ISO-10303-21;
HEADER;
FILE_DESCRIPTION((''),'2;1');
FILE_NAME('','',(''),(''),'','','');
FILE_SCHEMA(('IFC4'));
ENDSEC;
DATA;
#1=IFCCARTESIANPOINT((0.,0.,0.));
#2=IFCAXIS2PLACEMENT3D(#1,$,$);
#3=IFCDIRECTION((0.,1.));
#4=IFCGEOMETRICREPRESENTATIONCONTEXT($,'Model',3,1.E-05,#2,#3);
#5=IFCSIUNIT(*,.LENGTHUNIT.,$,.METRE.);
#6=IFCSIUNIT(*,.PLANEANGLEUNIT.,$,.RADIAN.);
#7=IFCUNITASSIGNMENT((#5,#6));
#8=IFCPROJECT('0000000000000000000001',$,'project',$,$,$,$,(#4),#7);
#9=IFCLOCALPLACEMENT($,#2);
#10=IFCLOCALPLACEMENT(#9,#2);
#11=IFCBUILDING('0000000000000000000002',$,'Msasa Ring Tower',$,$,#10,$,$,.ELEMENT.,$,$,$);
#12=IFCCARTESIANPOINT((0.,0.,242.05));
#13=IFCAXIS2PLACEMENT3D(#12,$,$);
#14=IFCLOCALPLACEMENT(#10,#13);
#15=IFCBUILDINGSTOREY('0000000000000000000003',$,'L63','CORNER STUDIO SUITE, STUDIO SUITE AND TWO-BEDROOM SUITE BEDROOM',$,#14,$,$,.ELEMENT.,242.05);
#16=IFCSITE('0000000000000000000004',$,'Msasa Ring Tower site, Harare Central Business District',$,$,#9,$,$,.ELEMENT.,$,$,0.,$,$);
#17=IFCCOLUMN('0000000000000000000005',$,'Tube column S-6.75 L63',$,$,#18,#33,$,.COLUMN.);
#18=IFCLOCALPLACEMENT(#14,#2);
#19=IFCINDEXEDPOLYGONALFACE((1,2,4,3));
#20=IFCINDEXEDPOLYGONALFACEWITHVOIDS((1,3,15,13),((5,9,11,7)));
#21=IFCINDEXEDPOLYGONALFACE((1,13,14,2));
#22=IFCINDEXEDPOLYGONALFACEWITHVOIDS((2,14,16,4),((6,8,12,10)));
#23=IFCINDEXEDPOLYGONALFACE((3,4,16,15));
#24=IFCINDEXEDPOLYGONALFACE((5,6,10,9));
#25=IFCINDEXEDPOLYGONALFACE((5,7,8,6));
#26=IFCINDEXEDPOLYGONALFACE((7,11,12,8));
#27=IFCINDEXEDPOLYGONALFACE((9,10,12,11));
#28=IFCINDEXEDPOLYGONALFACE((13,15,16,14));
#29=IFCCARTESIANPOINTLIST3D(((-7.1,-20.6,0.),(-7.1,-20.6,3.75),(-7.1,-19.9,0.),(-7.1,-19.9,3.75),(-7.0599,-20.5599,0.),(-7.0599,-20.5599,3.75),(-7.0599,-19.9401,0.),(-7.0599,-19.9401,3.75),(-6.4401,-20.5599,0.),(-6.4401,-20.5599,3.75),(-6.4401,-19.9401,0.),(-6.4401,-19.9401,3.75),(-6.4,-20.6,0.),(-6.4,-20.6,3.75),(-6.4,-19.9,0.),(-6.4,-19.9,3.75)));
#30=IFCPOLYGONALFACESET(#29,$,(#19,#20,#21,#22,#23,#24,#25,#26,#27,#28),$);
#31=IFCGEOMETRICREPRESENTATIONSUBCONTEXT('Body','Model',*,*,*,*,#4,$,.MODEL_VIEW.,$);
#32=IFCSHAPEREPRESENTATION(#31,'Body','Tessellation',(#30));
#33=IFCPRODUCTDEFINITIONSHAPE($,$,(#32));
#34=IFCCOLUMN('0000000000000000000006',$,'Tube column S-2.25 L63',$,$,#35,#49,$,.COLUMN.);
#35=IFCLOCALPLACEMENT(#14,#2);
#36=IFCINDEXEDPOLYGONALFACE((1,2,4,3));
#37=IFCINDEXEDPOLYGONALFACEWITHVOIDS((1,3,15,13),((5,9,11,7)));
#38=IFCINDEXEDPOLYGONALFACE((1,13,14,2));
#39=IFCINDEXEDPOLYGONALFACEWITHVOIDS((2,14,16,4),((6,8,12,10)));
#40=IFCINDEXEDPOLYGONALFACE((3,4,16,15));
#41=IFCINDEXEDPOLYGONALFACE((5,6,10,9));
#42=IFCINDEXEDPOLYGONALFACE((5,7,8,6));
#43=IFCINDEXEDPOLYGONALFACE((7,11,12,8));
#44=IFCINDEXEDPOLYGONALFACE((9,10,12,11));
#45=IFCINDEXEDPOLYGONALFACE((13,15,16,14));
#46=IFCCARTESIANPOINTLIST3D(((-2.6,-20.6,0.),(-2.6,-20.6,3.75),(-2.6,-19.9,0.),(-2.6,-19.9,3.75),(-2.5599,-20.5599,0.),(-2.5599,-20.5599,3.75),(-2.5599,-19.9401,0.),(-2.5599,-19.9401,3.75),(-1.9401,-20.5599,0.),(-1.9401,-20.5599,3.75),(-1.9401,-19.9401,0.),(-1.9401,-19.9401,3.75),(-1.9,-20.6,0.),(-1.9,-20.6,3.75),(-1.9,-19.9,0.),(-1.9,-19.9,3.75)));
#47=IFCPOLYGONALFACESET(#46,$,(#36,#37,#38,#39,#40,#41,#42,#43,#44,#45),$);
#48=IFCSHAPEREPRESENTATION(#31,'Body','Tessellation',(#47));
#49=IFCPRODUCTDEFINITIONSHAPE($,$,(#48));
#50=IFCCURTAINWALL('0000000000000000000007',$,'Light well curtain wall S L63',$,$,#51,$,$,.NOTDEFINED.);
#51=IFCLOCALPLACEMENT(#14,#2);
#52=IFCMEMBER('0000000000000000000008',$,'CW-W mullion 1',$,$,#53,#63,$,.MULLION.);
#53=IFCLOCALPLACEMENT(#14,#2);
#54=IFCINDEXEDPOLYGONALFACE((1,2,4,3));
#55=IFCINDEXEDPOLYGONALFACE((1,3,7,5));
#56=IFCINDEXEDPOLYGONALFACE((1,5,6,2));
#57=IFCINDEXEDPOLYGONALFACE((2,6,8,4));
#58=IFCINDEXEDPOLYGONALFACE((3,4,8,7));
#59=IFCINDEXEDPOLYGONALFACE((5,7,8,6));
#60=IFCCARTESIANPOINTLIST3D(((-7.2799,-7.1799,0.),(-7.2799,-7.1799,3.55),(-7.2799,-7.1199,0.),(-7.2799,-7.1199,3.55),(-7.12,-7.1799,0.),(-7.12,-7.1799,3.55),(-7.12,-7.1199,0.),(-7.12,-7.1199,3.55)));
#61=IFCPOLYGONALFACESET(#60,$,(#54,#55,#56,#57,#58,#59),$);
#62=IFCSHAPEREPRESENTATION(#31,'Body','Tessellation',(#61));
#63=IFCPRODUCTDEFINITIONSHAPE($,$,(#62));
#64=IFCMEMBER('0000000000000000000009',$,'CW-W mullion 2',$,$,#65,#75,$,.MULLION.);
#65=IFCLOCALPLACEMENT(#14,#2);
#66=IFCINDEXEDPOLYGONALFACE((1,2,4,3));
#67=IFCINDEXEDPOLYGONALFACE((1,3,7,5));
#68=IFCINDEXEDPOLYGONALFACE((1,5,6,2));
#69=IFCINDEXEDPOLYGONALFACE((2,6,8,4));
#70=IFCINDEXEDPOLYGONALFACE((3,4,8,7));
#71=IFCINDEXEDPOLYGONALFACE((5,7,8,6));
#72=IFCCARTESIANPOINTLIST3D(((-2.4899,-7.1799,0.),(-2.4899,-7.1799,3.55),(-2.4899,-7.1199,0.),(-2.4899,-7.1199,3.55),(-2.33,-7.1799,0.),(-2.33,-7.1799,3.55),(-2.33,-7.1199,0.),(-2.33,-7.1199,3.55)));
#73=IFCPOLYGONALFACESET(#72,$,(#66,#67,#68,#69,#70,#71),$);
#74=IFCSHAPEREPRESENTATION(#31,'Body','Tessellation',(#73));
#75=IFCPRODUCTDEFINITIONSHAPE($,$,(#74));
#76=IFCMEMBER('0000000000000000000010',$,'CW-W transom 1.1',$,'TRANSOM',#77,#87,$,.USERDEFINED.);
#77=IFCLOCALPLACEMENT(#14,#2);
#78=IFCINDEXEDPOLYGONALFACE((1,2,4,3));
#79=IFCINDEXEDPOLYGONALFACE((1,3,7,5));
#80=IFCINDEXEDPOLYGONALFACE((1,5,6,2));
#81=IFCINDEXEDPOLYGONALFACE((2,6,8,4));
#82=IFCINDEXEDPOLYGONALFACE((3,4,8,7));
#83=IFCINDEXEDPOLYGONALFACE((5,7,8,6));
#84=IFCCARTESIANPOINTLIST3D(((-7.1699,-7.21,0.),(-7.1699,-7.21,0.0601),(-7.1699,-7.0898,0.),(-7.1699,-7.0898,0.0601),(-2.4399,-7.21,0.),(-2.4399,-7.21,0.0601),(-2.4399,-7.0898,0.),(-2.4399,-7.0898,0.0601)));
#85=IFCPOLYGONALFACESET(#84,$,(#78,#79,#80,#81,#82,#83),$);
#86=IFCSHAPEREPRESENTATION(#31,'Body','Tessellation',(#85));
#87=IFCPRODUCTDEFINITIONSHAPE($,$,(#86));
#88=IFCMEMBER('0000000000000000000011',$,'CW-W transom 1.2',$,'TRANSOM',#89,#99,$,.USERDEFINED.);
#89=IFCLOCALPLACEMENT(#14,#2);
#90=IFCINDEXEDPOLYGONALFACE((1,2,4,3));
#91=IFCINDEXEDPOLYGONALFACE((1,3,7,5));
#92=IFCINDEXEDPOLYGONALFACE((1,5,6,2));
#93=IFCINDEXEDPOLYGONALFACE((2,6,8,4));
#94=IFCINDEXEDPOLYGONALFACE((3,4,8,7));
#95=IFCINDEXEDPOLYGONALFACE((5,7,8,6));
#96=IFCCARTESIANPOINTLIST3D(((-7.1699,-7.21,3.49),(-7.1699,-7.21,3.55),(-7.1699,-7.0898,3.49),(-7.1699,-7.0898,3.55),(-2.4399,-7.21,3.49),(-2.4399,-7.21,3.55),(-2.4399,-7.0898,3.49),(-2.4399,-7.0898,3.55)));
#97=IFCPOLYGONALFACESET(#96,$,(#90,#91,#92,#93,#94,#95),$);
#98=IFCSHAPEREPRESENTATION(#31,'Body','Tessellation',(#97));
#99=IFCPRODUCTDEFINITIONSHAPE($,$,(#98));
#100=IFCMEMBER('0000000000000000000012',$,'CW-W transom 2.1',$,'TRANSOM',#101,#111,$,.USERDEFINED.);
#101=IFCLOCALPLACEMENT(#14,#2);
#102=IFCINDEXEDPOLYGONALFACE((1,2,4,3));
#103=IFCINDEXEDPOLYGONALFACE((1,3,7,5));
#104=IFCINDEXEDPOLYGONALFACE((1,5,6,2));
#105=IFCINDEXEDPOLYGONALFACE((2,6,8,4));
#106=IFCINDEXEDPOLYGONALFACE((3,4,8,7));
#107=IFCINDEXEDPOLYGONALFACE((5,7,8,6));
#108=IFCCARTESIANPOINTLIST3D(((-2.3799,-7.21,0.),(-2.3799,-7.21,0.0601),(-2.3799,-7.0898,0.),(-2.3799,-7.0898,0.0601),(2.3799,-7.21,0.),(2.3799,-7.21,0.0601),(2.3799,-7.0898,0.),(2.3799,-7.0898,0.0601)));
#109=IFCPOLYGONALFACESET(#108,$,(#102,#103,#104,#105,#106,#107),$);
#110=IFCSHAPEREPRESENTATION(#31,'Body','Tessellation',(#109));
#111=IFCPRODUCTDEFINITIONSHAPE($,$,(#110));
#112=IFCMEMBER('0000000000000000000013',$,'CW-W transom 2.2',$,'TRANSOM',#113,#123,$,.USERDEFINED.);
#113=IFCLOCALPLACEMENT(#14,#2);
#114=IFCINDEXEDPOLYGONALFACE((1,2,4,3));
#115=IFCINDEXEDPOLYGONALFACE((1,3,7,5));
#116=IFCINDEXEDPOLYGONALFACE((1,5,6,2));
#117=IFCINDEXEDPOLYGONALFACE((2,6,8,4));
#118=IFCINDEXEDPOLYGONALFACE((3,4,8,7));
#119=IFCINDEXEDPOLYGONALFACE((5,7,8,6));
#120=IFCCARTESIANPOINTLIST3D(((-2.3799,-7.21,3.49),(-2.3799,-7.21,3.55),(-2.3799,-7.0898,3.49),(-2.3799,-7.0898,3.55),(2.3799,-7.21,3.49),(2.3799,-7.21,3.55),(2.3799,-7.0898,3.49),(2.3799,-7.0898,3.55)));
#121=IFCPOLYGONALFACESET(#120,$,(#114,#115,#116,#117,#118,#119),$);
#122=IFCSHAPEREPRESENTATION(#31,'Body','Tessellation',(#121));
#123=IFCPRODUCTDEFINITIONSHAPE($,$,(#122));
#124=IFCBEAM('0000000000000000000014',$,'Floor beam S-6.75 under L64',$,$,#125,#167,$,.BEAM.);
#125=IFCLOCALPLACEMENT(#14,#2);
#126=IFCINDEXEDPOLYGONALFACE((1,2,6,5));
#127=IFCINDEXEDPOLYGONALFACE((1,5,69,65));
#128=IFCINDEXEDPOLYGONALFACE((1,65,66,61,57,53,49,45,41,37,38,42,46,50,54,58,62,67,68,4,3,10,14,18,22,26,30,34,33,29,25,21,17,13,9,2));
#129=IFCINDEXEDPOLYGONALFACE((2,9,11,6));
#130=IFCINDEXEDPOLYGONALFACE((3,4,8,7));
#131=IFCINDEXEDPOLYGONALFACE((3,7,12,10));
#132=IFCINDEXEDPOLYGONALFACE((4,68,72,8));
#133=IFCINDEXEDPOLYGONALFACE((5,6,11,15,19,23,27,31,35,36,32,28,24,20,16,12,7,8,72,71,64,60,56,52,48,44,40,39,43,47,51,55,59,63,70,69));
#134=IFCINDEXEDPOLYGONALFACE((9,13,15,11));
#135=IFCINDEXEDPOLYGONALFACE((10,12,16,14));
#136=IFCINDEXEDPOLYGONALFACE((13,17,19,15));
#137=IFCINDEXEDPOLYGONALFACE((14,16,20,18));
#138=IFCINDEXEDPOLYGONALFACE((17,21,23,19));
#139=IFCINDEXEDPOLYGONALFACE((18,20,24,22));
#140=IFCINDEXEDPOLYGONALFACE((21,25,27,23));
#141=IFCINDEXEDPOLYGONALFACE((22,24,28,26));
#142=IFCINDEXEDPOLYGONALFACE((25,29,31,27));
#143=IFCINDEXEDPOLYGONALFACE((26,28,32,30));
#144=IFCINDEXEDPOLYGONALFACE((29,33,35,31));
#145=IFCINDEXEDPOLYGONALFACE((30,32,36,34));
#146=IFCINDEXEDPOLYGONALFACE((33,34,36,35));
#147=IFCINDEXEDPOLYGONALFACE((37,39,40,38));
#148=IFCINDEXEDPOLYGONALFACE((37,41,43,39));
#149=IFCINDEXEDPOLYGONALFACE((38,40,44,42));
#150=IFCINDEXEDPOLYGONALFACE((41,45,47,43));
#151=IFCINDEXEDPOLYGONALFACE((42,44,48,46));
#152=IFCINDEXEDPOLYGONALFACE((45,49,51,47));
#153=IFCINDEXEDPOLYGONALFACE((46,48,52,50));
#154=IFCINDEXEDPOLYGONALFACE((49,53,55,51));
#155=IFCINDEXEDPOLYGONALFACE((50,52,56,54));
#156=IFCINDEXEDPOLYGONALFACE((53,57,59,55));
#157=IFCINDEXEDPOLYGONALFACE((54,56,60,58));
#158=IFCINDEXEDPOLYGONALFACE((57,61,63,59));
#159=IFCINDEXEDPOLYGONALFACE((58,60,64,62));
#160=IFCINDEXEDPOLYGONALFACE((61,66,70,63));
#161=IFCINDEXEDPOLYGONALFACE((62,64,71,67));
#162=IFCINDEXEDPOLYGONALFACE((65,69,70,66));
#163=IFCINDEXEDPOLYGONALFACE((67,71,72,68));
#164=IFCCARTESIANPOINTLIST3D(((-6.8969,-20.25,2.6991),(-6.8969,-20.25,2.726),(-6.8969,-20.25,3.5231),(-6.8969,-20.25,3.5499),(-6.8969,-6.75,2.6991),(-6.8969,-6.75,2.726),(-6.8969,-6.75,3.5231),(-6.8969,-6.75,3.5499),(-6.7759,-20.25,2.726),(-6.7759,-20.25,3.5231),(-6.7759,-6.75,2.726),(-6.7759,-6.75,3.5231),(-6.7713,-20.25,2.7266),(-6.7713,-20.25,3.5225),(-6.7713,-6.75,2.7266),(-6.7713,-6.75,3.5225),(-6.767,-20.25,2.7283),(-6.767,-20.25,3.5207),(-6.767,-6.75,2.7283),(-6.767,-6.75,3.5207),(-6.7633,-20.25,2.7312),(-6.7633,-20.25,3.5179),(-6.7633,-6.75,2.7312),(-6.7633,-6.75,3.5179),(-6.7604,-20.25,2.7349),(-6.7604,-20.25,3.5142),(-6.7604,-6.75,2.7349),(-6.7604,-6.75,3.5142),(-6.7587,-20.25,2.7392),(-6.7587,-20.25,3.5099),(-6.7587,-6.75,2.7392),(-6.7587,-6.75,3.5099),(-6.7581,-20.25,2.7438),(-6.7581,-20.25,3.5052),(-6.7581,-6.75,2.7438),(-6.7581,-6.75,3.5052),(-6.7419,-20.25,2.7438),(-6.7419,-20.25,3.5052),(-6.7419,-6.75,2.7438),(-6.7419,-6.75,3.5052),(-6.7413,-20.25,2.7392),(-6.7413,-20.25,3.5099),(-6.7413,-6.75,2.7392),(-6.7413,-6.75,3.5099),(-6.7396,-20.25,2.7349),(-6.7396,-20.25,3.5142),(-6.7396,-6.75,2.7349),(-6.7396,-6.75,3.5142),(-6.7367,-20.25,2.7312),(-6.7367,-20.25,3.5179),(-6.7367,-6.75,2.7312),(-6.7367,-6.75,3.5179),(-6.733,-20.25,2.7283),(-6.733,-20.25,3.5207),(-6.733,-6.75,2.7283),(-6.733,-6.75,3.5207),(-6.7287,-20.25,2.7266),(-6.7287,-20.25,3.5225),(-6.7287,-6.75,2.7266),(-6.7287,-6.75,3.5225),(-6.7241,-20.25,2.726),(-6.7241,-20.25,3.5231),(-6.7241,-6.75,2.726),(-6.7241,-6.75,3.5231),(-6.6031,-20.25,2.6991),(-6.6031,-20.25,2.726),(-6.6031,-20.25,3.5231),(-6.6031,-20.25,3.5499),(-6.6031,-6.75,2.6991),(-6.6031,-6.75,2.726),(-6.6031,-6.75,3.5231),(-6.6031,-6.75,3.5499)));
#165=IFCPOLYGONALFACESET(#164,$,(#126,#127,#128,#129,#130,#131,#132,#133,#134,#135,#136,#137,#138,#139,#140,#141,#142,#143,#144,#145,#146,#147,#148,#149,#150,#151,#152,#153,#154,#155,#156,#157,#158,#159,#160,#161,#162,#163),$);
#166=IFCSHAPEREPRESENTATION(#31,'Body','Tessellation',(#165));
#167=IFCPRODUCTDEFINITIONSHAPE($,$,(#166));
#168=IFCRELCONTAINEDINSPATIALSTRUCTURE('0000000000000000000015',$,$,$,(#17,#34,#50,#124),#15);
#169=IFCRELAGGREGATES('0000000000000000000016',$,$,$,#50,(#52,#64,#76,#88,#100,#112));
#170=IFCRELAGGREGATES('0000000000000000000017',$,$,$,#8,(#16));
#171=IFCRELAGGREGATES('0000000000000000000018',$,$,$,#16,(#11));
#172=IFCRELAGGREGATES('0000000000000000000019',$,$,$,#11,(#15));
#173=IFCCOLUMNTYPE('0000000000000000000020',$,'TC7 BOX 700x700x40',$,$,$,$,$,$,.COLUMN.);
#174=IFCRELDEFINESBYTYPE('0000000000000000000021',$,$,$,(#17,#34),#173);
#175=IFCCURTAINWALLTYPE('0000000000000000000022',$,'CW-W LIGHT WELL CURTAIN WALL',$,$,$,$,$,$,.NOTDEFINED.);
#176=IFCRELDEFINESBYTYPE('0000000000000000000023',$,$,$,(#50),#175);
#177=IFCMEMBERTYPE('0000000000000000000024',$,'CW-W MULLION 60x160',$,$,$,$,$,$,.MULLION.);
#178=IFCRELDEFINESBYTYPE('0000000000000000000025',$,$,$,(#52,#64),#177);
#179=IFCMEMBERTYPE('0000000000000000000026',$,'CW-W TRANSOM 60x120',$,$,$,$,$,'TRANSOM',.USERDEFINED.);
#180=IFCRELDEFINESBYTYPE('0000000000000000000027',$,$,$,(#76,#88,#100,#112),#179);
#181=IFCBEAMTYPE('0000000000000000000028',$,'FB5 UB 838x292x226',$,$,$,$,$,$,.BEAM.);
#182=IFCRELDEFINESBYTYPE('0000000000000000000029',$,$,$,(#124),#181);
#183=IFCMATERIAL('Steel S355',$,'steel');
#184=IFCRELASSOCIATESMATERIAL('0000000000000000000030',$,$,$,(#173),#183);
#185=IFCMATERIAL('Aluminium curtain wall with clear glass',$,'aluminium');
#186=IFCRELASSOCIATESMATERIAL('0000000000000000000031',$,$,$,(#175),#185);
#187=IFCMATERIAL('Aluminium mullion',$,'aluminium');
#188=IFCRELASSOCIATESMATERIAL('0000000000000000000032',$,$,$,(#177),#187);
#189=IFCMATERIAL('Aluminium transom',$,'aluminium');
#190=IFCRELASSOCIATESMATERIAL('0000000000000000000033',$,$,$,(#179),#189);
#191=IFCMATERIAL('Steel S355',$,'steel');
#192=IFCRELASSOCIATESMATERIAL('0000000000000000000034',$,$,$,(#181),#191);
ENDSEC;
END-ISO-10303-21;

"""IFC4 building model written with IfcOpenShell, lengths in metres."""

from ifc_helpers import new_model, si_unit, direction, frame, origin, origin_2d, place, context, subcontext, project, spatial, rectangle, hollow_rectangle, i_section, extrude, material, material_profile, profile_set, type_object, element, aggregate, save


model = new_model("IFC4")

# Units and contexts
model_context = context("Model", 3, precision=1e-05, world=origin(), true_north=direction((0.0, 1.0)))
body_context = subcontext(model_context, "Body", "Model", "MODEL_VIEW")
ifc_project = project(units=[si_unit("LENGTHUNIT", "METRE"), si_unit("PLANEANGLEUNIT", "RADIAN")], contexts=[model_context])

# Site, building, storey
site_placement = place(None, origin())
site = spatial("IfcSite", under=ifc_project, at=site_placement, Name="Msasa Ring Tower site, Harare Central Business District", CompositionType="ELEMENT", RefElevation=0.0)
building_placement = place(site_placement, origin())
building = spatial("IfcBuilding", under=site, at=building_placement, Name="Msasa Ring Tower", CompositionType="ELEMENT")
storey_placement = place(building_placement, frame((0.0, 0.0, 242.05)))
storey = spatial("IfcBuildingStorey", under=building, at=storey_placement, Name="L63", Description="CORNER STUDIO SUITE, STUDIO SUITE AND TWO-BEDROOM SUITE BEDROOM", CompositionType="ELEMENT", Elevation=242.05)

# Columns
ifc_material_1 = material(Name="Steel S355", Category="steel")
ifc_material_profile_1 = material_profile(ifc_material_1, hollow_rectangle(XDim=0.7, YDim=0.7, WallThickness=0.04, at=origin_2d()), Name="BOX 700x700x40")
ifc_profile_set_1 = profile_set([ifc_material_profile_1], Name="Steel S355")
column_type = type_object("IfcColumnType", Name="TC7 BOX 700x700x40", PredefinedType="COLUMN", material=ifc_profile_set_1)
for number, where, z_axis, x_axis, name in (
    (1, (-6.75, -20.25, 0.0), (0.0, 0.0, 1.0), (0.0, 1.0, 0.0), "Tube column S-6.75 L63"),
    (2, (-2.25, -20.25, 0.0), (0.0, 0.0, 1.0), (0.0, 1.0, 0.0), "Tube column S-2.25 L63"),
):
    element("IfcColumn", number, at=place(storey_placement, frame(where, z_axis=z_axis, x_axis=x_axis)), inside=storey, type_object=column_type, Name=name, PredefinedType="COLUMN", context=body_context, shape_type="SweptSolid", body=[
        extrude(hollow_rectangle(XDim=0.7, YDim=0.7, WallThickness=0.04, at=origin_2d()), origin(), (0.0, 0.0, 1.0), 3.75),
    ])

# Curtain wall, members
ifc_material_2 = material(Name="Aluminium curtain wall with clear glass", Category="aluminium")
curtain_wall_type = type_object("IfcCurtainWallType", Name="CW-W LIGHT WELL CURTAIN WALL", PredefinedType="NOTDEFINED", material=ifc_material_2)
curtain_wall_placement = place(storey_placement, origin())
curtain_wall = element("IfcCurtainWall", 3, at=curtain_wall_placement, inside=storey, type_object=curtain_wall_type, Name="Light well curtain wall S L63", PredefinedType="NOTDEFINED")
ifc_material_3 = material(Name="Aluminium mullion", Category="aluminium")
ifc_material_profile_2 = material_profile(ifc_material_3, rectangle(XDim=0.0601, YDim=0.1599, at=origin_2d()), Name="AL 60x160")
ifc_profile_set_2 = profile_set([ifc_material_profile_2], Name="Aluminium mullion")
member_type_1 = type_object("IfcMemberType", Name="CW-W MULLION 60x160", PredefinedType="MULLION", material=ifc_profile_set_2)
member_1_placement = place(storey_placement, frame((-7.2, -7.1499, 0.0), z_axis=(0.0, 0.0, 1.0), x_axis=(0.0, 1.0, 0.0)))
member_1 = element("IfcMember", 4, at=member_1_placement, type_object=member_type_1, Name="CW-W mullion 1", PredefinedType="MULLION", context=body_context, shape_type="SweptSolid", body=[
    extrude(rectangle(XDim=0.0601, YDim=0.1599, at=origin_2d()), origin(), (0.0, 0.0, 1.0), 3.55),
])
member_2_placement = place(storey_placement, frame((-2.4099, -7.1499, 0.0), z_axis=(0.0, 0.0, 1.0), x_axis=(0.0, 1.0, 0.0)))
member_2 = element("IfcMember", 5, at=member_2_placement, type_object=member_type_1, Name="CW-W mullion 2", PredefinedType="MULLION", context=body_context, shape_type="SweptSolid", body=[
    extrude(rectangle(XDim=0.0601, YDim=0.1599, at=origin_2d()), origin(), (0.0, 0.0, 1.0), 3.55),
])
ifc_material_4 = material(Name="Aluminium transom", Category="aluminium")
ifc_material_profile_3 = material_profile(ifc_material_4, rectangle(XDim=0.1201, YDim=0.0601, at=origin_2d()), Name="AL 60x120")
ifc_profile_set_3 = profile_set([ifc_material_profile_3], Name="Aluminium transom")
member_type_2 = type_object("IfcMemberType", Name="CW-W TRANSOM 60x120", ElementType="TRANSOM", PredefinedType="USERDEFINED", material=ifc_profile_set_3)
member_3_placement = place(storey_placement, frame((-7.1699, -7.1499, 0.03), z_axis=(1.0, 0.0, 0.0), x_axis=(0.0, 1.0, 0.0)))
member_3 = element("IfcMember", 6, at=member_3_placement, type_object=member_type_2, Name="CW-W transom 1.1", ObjectType="TRANSOM", PredefinedType="USERDEFINED", context=body_context, shape_type="SweptSolid", body=[
    extrude(rectangle(XDim=0.1201, YDim=0.0601, at=origin_2d()), origin(), (0.0, 0.0, 1.0), 4.73),
])
member_4_placement = place(storey_placement, frame((-7.1699, -7.1499, 3.52), z_axis=(1.0, 0.0, 0.0), x_axis=(0.0, 1.0, 0.0)))
member_4 = element("IfcMember", 7, at=member_4_placement, type_object=member_type_2, Name="CW-W transom 1.2", ObjectType="TRANSOM", PredefinedType="USERDEFINED", context=body_context, shape_type="SweptSolid", body=[
    extrude(rectangle(XDim=0.1201, YDim=0.0601, at=origin_2d()), origin(), (0.0, 0.0, 1.0), 4.73),
])
member_5_placement = place(storey_placement, frame((-2.3799, -7.1499, 0.03), z_axis=(1.0, 0.0, 0.0), x_axis=(0.0, 1.0, 0.0)))
member_5 = element("IfcMember", 8, at=member_5_placement, type_object=member_type_2, Name="CW-W transom 2.1", ObjectType="TRANSOM", PredefinedType="USERDEFINED", context=body_context, shape_type="SweptSolid", body=[
    extrude(rectangle(XDim=0.1201, YDim=0.0601, at=origin_2d()), origin(), (0.0, 0.0, 1.0), 4.7598),
])
member_6_placement = place(storey_placement, frame((-2.3799, -7.1499, 3.52), z_axis=(1.0, 0.0, 0.0), x_axis=(0.0, 1.0, 0.0)))
member_6 = element("IfcMember", 9, at=member_6_placement, type_object=member_type_2, Name="CW-W transom 2.2", ObjectType="TRANSOM", PredefinedType="USERDEFINED", context=body_context, shape_type="SweptSolid", body=[
    extrude(rectangle(XDim=0.1201, YDim=0.0601, at=origin_2d()), origin(), (0.0, 0.0, 1.0), 4.7598),
])

# Beam
ifc_material_5 = material(Name="Steel S355", Category="steel")
ifc_material_profile_4 = material_profile(ifc_material_5, i_section(OverallWidth=0.2937, OverallDepth=0.8508, WebThickness=0.0161, FlangeThickness=0.0269, FilletRadius=0.0178, at=origin_2d()), Name="UB 838x292x226")
ifc_profile_set_4 = profile_set([ifc_material_profile_4], Name="Steel S355")
beam_type_1 = type_object("IfcBeamType", Name="FB5 UB 838x292x226", PredefinedType="BEAM", material=ifc_profile_set_4)
for number, where, z_axis, x_axis, name in (
    (10, (-6.75, -20.25, 3.1245), (0.0, 1.0, 0.0), (-1.0, 0.0, 0.0), "Floor beam S-6.75 under L64"),
):
    element("IfcBeam", number, at=place(storey_placement, frame(where, z_axis=z_axis, x_axis=x_axis)), inside=storey, type_object=beam_type_1, Name=name, PredefinedType="BEAM", context=body_context, shape_type="SweptSolid", body=[
        extrude(i_section(OverallWidth=0.2937, OverallDepth=0.8508, WebThickness=0.0161, FlangeThickness=0.0269, FilletRadius=0.0178, at=origin_2d()), origin(), (0.0, 0.0, 1.0), 13.5),
    ])

aggregate(curtain_wall, [member_1, member_2, member_3, member_4, member_5, member_6])

save(model, "model.ifc")
